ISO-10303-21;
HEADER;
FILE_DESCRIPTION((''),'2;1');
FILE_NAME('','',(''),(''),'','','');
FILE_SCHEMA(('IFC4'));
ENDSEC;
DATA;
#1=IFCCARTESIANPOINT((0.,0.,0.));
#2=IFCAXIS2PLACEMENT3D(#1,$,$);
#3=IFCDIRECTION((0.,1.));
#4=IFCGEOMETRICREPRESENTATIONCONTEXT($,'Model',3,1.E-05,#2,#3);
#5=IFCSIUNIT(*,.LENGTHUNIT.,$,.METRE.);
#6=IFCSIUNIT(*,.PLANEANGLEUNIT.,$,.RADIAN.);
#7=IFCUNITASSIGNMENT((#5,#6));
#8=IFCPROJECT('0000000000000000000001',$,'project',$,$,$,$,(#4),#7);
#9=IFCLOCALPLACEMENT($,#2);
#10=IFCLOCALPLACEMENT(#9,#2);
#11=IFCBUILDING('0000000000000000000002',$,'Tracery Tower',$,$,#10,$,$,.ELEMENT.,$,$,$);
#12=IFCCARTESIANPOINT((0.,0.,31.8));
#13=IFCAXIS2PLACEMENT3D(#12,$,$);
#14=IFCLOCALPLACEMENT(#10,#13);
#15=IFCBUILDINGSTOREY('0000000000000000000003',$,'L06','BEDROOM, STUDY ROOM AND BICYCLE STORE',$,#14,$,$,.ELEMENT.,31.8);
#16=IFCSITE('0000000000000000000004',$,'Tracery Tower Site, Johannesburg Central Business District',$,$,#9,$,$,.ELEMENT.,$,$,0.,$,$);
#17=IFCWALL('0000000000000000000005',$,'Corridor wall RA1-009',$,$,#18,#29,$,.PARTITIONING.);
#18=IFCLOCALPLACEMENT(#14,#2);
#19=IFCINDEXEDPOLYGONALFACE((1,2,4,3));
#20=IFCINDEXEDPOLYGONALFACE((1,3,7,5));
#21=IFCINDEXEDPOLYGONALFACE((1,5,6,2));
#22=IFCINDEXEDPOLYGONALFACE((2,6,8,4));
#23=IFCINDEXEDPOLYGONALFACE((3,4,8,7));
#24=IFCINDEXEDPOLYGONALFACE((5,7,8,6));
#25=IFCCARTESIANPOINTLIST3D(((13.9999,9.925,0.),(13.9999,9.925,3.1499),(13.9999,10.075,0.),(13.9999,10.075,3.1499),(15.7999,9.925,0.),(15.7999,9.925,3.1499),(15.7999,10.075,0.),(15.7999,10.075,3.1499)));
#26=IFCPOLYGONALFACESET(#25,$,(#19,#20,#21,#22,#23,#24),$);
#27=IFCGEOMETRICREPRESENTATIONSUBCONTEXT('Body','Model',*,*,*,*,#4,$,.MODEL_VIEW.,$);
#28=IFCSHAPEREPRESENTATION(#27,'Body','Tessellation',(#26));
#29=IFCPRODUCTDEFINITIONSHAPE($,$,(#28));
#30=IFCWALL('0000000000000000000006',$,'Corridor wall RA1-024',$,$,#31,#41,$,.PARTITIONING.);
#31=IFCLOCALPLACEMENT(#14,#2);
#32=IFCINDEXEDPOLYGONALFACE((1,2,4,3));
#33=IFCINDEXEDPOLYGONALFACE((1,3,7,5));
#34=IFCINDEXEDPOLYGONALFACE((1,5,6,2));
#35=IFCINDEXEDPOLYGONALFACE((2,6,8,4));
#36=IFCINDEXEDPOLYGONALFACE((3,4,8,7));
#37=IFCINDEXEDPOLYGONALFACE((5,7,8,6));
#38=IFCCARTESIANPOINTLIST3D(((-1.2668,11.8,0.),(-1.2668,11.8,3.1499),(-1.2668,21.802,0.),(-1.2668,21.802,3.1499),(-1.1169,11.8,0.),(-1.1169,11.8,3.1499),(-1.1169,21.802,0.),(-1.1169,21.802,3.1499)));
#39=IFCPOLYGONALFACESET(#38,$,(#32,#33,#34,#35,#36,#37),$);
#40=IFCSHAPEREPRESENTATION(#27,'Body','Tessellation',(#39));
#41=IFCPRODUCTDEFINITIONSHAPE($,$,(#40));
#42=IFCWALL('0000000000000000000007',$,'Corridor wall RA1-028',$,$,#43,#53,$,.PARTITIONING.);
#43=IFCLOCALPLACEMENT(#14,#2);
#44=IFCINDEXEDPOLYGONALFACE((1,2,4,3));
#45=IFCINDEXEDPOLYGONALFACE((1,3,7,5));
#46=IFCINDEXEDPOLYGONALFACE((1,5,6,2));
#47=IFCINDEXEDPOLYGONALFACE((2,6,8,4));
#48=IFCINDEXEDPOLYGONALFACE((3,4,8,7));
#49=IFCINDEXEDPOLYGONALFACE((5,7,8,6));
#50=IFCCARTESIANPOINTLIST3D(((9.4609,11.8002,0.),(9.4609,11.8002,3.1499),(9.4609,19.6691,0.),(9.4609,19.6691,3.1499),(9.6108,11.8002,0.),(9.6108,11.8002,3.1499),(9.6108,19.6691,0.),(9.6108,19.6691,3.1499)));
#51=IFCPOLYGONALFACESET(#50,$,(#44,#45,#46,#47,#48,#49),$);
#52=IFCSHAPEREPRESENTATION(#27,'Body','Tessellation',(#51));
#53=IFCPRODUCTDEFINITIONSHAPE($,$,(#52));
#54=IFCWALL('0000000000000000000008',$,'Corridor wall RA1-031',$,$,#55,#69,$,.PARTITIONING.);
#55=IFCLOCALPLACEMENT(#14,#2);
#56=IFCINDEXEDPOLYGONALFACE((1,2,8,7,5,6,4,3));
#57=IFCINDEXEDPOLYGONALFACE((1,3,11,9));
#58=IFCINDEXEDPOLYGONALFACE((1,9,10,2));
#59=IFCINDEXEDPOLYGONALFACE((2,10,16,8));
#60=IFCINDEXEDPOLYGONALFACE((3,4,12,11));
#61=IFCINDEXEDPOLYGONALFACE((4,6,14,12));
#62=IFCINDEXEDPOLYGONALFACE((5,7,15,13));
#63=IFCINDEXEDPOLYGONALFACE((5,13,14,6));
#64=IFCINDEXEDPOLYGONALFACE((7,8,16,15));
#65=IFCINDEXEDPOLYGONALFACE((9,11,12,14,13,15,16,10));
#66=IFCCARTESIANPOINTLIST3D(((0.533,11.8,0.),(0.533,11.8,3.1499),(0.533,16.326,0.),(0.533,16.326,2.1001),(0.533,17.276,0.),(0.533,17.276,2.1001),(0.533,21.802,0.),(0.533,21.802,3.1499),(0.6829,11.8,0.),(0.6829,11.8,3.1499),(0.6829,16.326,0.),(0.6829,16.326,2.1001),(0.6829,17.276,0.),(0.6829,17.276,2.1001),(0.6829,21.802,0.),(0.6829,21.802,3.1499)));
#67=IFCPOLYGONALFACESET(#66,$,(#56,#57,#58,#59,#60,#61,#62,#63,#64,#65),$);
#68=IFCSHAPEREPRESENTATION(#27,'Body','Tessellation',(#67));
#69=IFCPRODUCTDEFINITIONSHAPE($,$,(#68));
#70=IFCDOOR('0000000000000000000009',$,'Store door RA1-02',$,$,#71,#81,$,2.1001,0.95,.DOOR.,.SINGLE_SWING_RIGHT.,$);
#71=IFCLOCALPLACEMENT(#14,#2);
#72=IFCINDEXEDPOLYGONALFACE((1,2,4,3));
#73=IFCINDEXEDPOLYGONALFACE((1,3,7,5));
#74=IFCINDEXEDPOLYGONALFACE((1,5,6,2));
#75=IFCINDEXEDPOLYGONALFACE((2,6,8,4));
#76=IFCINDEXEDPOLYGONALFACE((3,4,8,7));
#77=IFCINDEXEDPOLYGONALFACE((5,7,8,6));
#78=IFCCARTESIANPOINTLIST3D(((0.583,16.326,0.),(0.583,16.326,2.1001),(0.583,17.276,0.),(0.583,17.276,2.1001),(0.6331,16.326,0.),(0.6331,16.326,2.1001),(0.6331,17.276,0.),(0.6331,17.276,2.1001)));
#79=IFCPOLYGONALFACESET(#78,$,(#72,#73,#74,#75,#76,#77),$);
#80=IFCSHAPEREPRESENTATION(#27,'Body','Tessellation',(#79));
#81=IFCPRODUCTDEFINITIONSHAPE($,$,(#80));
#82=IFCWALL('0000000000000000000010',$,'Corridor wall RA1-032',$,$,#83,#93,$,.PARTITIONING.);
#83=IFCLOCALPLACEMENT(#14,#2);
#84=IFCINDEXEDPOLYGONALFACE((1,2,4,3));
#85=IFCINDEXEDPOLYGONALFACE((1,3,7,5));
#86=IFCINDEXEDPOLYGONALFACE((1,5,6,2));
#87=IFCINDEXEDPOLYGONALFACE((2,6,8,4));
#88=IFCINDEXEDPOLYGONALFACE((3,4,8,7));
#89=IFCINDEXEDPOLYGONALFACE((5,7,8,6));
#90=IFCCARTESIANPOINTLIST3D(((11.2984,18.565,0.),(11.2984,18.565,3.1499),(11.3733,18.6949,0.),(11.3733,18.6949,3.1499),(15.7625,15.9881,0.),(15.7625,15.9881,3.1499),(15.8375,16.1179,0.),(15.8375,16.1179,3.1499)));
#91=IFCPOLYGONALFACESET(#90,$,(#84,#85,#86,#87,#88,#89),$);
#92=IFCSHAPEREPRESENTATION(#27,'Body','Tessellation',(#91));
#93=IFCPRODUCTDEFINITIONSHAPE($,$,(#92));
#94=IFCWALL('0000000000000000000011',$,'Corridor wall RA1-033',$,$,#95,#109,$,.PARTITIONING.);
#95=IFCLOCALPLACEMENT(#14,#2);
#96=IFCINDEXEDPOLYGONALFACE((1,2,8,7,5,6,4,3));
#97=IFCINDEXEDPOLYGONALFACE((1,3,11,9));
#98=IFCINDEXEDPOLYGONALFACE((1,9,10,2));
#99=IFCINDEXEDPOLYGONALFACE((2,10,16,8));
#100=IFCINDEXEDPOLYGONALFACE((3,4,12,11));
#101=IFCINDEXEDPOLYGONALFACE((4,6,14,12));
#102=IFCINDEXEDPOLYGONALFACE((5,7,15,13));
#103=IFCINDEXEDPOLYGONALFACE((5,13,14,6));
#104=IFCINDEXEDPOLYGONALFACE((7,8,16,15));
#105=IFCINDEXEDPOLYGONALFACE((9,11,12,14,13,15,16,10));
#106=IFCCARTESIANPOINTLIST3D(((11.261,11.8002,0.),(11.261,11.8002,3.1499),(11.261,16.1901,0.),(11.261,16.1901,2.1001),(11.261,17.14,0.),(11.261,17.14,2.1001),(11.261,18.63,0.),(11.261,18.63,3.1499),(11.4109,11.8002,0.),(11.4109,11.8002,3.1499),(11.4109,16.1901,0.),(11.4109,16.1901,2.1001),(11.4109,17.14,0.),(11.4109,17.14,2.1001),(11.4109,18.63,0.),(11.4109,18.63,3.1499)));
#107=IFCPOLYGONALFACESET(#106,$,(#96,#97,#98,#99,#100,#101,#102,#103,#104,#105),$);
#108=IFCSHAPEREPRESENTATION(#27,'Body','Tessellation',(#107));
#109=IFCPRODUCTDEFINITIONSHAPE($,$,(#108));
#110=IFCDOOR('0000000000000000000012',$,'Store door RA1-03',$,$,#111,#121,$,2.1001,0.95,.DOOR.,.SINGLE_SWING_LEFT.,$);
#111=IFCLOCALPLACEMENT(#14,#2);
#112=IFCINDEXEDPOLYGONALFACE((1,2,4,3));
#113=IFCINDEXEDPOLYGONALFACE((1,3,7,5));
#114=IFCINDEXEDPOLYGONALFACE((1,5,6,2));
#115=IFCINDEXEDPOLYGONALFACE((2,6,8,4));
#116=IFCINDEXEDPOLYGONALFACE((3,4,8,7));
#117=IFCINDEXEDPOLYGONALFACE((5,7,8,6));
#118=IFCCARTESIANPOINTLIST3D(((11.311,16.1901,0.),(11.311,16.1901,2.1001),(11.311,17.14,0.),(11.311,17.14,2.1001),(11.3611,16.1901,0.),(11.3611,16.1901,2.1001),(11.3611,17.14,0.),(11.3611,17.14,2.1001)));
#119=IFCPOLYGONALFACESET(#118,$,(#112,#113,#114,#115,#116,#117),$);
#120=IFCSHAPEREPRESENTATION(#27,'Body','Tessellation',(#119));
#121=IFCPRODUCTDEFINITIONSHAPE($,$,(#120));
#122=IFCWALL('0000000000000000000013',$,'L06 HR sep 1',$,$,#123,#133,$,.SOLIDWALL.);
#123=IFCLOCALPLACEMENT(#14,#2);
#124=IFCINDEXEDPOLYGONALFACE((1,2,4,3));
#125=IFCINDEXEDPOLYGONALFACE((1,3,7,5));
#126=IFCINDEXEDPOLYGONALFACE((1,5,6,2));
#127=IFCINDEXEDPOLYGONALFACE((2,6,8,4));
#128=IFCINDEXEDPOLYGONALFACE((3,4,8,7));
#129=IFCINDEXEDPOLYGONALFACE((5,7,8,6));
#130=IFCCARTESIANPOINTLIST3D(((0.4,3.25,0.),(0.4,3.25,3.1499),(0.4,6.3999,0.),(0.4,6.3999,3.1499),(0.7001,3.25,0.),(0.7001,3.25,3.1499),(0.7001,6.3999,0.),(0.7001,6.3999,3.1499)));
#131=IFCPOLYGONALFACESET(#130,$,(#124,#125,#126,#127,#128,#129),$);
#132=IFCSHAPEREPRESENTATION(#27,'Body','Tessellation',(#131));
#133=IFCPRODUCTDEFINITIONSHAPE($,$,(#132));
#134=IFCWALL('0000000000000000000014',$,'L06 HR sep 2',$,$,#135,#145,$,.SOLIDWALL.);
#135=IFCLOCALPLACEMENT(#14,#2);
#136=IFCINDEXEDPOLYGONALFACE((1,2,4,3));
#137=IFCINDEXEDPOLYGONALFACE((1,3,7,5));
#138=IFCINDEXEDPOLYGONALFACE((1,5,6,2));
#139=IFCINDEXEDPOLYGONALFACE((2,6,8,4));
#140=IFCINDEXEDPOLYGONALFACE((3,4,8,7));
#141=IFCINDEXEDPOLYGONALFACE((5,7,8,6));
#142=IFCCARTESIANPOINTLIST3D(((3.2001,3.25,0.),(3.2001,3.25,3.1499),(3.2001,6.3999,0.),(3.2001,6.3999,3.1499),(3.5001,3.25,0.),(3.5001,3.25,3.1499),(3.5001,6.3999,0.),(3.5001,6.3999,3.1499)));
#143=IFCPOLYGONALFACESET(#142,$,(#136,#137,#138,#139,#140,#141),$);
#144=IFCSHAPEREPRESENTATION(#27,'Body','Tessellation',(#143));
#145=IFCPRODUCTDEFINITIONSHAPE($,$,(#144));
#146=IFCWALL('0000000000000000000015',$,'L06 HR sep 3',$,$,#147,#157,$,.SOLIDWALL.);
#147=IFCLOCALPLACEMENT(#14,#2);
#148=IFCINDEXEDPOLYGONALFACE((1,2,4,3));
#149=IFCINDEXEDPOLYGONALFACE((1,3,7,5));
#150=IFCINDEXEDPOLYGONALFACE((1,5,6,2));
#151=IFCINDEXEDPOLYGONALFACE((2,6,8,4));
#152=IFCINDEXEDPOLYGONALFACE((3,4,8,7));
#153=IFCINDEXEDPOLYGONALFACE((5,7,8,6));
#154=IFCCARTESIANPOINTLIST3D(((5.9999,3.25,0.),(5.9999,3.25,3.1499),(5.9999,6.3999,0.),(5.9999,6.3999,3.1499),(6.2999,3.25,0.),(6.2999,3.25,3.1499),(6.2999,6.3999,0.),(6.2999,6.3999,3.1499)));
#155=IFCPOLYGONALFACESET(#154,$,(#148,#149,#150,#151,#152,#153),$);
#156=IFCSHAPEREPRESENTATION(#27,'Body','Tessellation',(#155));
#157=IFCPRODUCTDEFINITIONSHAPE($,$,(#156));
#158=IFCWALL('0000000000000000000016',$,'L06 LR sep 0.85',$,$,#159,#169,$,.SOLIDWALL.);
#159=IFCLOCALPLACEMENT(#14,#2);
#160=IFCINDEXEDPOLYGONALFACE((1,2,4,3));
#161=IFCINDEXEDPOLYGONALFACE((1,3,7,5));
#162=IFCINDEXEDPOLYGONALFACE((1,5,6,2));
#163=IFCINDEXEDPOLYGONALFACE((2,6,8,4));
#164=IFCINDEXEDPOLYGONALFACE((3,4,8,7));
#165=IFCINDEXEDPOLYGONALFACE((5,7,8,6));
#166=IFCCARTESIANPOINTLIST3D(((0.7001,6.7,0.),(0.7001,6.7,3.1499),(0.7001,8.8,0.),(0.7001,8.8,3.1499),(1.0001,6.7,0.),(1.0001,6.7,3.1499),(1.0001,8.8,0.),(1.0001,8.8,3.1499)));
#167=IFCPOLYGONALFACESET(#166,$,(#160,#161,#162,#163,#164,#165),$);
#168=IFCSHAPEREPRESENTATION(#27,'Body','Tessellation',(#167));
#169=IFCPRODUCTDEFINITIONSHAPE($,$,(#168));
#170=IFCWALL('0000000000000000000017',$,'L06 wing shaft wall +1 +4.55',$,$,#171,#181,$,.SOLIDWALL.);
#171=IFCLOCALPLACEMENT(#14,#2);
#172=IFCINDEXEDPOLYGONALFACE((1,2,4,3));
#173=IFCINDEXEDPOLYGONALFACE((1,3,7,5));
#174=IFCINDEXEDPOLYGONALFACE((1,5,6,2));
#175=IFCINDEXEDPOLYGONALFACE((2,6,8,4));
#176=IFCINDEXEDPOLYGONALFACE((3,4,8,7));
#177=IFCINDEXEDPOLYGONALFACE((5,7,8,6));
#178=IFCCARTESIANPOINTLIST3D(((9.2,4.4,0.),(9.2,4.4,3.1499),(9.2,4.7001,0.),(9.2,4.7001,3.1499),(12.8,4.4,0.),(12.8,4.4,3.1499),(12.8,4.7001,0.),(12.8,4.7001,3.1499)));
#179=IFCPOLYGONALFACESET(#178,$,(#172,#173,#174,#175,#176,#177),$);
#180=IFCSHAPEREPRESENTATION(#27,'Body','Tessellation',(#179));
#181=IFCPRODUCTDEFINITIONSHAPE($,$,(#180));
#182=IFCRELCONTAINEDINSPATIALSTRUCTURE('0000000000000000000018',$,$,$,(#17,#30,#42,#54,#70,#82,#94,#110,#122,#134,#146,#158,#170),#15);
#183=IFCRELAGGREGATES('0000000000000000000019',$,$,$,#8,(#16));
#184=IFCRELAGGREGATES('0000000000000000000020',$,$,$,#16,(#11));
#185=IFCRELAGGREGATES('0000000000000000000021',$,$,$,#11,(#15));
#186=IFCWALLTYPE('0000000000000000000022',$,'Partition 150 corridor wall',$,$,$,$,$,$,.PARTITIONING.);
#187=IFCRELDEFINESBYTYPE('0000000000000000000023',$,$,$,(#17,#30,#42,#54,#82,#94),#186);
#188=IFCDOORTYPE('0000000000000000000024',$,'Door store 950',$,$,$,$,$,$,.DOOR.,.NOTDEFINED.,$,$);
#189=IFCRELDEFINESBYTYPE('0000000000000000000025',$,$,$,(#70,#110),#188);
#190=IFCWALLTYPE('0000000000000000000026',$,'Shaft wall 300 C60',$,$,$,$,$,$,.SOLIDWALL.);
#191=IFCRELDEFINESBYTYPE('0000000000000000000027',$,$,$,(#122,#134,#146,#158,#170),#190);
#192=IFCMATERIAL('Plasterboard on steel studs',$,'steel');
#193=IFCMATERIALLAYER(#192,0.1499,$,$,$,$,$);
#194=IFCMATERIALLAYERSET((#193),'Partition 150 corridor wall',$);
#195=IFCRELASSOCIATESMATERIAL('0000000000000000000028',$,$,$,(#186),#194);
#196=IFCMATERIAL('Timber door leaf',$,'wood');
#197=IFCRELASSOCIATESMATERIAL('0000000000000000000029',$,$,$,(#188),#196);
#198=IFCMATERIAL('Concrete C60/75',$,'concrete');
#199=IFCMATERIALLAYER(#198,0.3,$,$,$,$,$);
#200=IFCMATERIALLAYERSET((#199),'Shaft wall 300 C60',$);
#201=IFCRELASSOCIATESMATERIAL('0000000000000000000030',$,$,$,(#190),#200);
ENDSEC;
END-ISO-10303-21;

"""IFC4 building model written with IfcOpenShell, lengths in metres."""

from ifc_helpers import new_model, si_unit, direction, frame, frame_2d, origin, place, context, subcontext, project, spatial, rectangle, extrude, material, layer, layer_set, type_object, element, fill, save


model = new_model("IFC4")

# Units and contexts
model_context = context("Model", 3, precision=1e-05, world=origin(), true_north=direction((0.0, 1.0)))
body_context = subcontext(model_context, "Body", "Model", "MODEL_VIEW")
ifc_project = project(units=[si_unit("LENGTHUNIT", "METRE"), si_unit("PLANEANGLEUNIT", "RADIAN")], contexts=[model_context])

# Site, building, storey
site_placement = place(None, origin())
site = spatial("IfcSite", under=ifc_project, at=site_placement, Name="Tracery Tower Site, Johannesburg Central Business District", CompositionType="ELEMENT", RefElevation=0.0)
building_placement = place(site_placement, origin())
building = spatial("IfcBuilding", under=site, at=building_placement, Name="Tracery Tower", CompositionType="ELEMENT")
storey_placement = place(building_placement, frame((0.0, 0.0, 31.8)))
storey = spatial("IfcBuildingStorey", under=building, at=storey_placement, Name="L06", Description="BEDROOM, STUDY ROOM AND BICYCLE STORE", CompositionType="ELEMENT", Elevation=31.8)

# Walls
ifc_material_1 = material(Name="Plasterboard on steel studs", Category="steel")
ifc_layer_1 = layer(ifc_material_1, 0.1499)
ifc_layer_set_1 = layer_set([ifc_layer_1], Name="Partition 150 corridor wall")
wall_type_1 = type_object("IfcWallType", Name="Partition 150 corridor wall", PredefinedType="PARTITIONING", material=ifc_layer_set_1)
for number, where, z_axis, x_axis, name in (
    (1, (14.0, 10.0, 0.0), (0.0, 0.0, 1.0), (1.0, 0.0, 0.0), "Corridor wall RA1-009"),
):
    element("IfcWall", number, at=place(storey_placement, frame(where, z_axis=z_axis, x_axis=x_axis)), inside=storey, type_object=wall_type_1, Name=name, PredefinedType="PARTITIONING", context=body_context, shape_type="SweptSolid", body=[
        extrude(rectangle(XDim=1.8, YDim=0.1499, at=frame_2d((0.8999, 0.0))), origin(), (0.0, 0.0, 1.0), 3.1499),
    ])
wall_1_placement = place(storey_placement, frame((-1.1919, 11.8, 0.0), z_axis=(0.0, 0.0, 1.0), x_axis=(0.0, 1.0, 0.0)))
element("IfcWall", 2, at=wall_1_placement, inside=storey, type_object=wall_type_1, Name="Corridor wall RA1-024", PredefinedType="PARTITIONING", context=body_context, shape_type="SweptSolid", body=[
    extrude(rectangle(XDim=10.002, YDim=0.1499, at=frame_2d((5.001, 0.0))), origin(), (0.0, 0.0, 1.0), 3.1499),
])
wall_2_placement = place(storey_placement, frame((9.5359, 11.8, 0.0), z_axis=(0.0, 0.0, 1.0), x_axis=(0.0, 1.0, 0.0)))
element("IfcWall", 3, at=wall_2_placement, inside=storey, type_object=wall_type_1, Name="Corridor wall RA1-028", PredefinedType="PARTITIONING", context=body_context, shape_type="SweptSolid", body=[
    extrude(rectangle(XDim=7.8689, YDim=0.1499, at=frame_2d((3.9346, 0.0))), origin(), (0.0, 0.0, 1.0), 3.1499),
])

# Wall, opening, door
wall_3_placement = place(storey_placement, frame((0.6079, 11.8, 0.0), z_axis=(0.0, 0.0, 1.0), x_axis=(0.0, 1.0, 0.0)))
wall_3 = element("IfcWall", 4, at=wall_3_placement, inside=storey, type_object=wall_type_1, Name="Corridor wall RA1-031", PredefinedType="PARTITIONING", context=body_context, shape_type="SweptSolid", body=[
    extrude(rectangle(XDim=10.002, YDim=0.1499, at=frame_2d((5.001, 0.0))), origin(), (0.0, 0.0, 1.0), 3.1499),
])
opening_1_placement = place(wall_3_placement, frame((4.5259, 0.0, 0.0)))
opening_1 = element("IfcOpeningElement", 5, at=opening_1_placement, cuts=wall_3, PredefinedType="OPENING", context=body_context, shape_type="SweptSolid", body=[
    extrude(rectangle(XDim=0.95, YDim=2.1001, at=frame_2d((0.4751, 1.05))), frame((0.0, 0.075, 0.0), z_axis=(0.0, -1.0, 0.0), x_axis=(1.0, 0.0, 0.0)), (0.0, 0.0, 1.0), 0.1499),
])
ifc_material_2 = material(Name="Timber door leaf", Category="wood")
door_type = type_object("IfcDoorType", Name="Door store 950", OperationType="NOTDEFINED", PredefinedType="DOOR", material=ifc_material_2)
door_1_placement = place(opening_1_placement, origin())
door_1 = element("IfcDoor", 6, at=door_1_placement, inside=storey, type_object=door_type, Name="Store door RA1-02", OperationType="SINGLE_SWING_RIGHT", OverallHeight=2.1001, OverallWidth=0.95, PredefinedType="DOOR", context=body_context, shape_type="SweptSolid", body=[
    extrude(rectangle(XDim=0.95, YDim=2.1001, at=frame_2d((0.4751, 1.05))), frame((0.0, 0.0249, 0.0), z_axis=(0.0, -1.0, 0.0), x_axis=(1.0, 0.0, 0.0)), (0.0, 0.0, 1.0), 0.05),
])
fill(opening_1, door_1)

# Wall
wall_4_placement = place(storey_placement, frame((11.3359, 18.6299, 0.0), z_axis=(0.0, 0.0, 1.0), x_axis=(0.866063, -0.499934, 0.0)))
element("IfcWall", 7, at=wall_4_placement, inside=storey, type_object=wall_type_1, Name="Corridor wall RA1-032", PredefinedType="PARTITIONING", context=body_context, shape_type="SweptSolid", body=[
    extrude(rectangle(XDim=5.1545, YDim=0.1499, at=frame_2d((2.5771, 0.0))), origin(), (0.0, 0.0, 1.0), 3.1499),
])

# Wall, opening, door
wall_5_placement = place(storey_placement, frame((11.3359, 11.8, 0.0), z_axis=(0.0, 0.0, 1.0), x_axis=(0.0, 1.0, 0.0)))
wall_5 = element("IfcWall", 8, at=wall_5_placement, inside=storey, type_object=wall_type_1, Name="Corridor wall RA1-033", PredefinedType="PARTITIONING", context=body_context, shape_type="SweptSolid", body=[
    extrude(rectangle(XDim=6.8298, YDim=0.1499, at=frame_2d((3.415, 0.0))), origin(), (0.0, 0.0, 1.0), 3.1499),
])
opening_2_placement = place(wall_5_placement, frame((4.3899, 0.0, 0.0)))
opening_2 = element("IfcOpeningElement", 9, at=opening_2_placement, cuts=wall_5, PredefinedType="OPENING", context=body_context, shape_type="SweptSolid", body=[
    extrude(rectangle(XDim=0.95, YDim=2.1001, at=frame_2d((0.4751, 1.05))), frame((0.0, 0.075, 0.0), z_axis=(0.0, -1.0, 0.0), x_axis=(1.0, 0.0, 0.0)), (0.0, 0.0, 1.0), 0.1499),
])
door_2_placement = place(opening_2_placement, origin())
door_2 = element("IfcDoor", 10, at=door_2_placement, inside=storey, type_object=door_type, Name="Store door RA1-03", OperationType="SINGLE_SWING_LEFT", OverallHeight=2.1001, OverallWidth=0.95, PredefinedType="DOOR", context=body_context, shape_type="SweptSolid", body=[
    extrude(rectangle(XDim=0.95, YDim=2.1001, at=frame_2d((0.4751, 1.05))), frame((0.0, 0.0249, 0.0), z_axis=(0.0, -1.0, 0.0), x_axis=(1.0, 0.0, 0.0)), (0.0, 0.0, 1.0), 0.05),
])
fill(opening_2, door_2)

# Walls
ifc_material_3 = material(Name="Concrete C60/75", Category="concrete")
ifc_layer_2 = layer(ifc_material_3, 0.3)
ifc_layer_set_2 = layer_set([ifc_layer_2], Name="Shaft wall 300 C60")
wall_type_2 = type_object("IfcWallType", Name="Shaft wall 300 C60", PredefinedType="SOLIDWALL", material=ifc_layer_set_2)
for number, where, z_axis, x_axis, name in (
    (11, (0.55, 3.25, 0.0), (0.0, 0.0, 1.0), (0.0, 1.0, 0.0), "L06 HR sep 1"),
    (12, (3.3501, 3.25, 0.0), (0.0, 0.0, 1.0), (0.0, 1.0, 0.0), "L06 HR sep 2"),
    (13, (6.1499, 3.25, 0.0), (0.0, 0.0, 1.0), (0.0, 1.0, 0.0), "L06 HR sep 3"),
):
    element("IfcWall", number, at=place(storey_placement, frame(where, z_axis=z_axis, x_axis=x_axis)), inside=storey, type_object=wall_type_2, Name=name, PredefinedType="SOLIDWALL", context=body_context, shape_type="SweptSolid", body=[
        extrude(rectangle(XDim=3.1499, YDim=0.3, at=frame_2d((1.575, 0.0))), origin(), (0.0, 0.0, 1.0), 3.1499),
    ])
wall_6_placement = place(storey_placement, frame((0.8501, 6.7, 0.0), z_axis=(0.0, 0.0, 1.0), x_axis=(0.0, 1.0, 0.0)))
element("IfcWall", 14, at=wall_6_placement, inside=storey, type_object=wall_type_2, Name="L06 LR sep 0.85", PredefinedType="SOLIDWALL", context=body_context, shape_type="SweptSolid", body=[
    extrude(rectangle(XDim=2.1001, YDim=0.3, at=frame_2d((1.05, 0.0))), origin(), (0.0, 0.0, 1.0), 3.1499),
])
wall_7_placement = place(storey_placement, frame((9.2, 4.55, 0.0), z_axis=(0.0, 0.0, 1.0), x_axis=(1.0, 0.0, 0.0)))
element("IfcWall", 15, at=wall_7_placement, inside=storey, type_object=wall_type_2, Name="L06 wing shaft wall +1 +4.55", PredefinedType="SOLIDWALL", context=body_context, shape_type="SweptSolid", body=[
    extrude(rectangle(XDim=3.6001, YDim=0.3, at=frame_2d((1.8, 0.0))), origin(), (0.0, 0.0, 1.0), 3.1499),
])

save(model, "model.ifc")
